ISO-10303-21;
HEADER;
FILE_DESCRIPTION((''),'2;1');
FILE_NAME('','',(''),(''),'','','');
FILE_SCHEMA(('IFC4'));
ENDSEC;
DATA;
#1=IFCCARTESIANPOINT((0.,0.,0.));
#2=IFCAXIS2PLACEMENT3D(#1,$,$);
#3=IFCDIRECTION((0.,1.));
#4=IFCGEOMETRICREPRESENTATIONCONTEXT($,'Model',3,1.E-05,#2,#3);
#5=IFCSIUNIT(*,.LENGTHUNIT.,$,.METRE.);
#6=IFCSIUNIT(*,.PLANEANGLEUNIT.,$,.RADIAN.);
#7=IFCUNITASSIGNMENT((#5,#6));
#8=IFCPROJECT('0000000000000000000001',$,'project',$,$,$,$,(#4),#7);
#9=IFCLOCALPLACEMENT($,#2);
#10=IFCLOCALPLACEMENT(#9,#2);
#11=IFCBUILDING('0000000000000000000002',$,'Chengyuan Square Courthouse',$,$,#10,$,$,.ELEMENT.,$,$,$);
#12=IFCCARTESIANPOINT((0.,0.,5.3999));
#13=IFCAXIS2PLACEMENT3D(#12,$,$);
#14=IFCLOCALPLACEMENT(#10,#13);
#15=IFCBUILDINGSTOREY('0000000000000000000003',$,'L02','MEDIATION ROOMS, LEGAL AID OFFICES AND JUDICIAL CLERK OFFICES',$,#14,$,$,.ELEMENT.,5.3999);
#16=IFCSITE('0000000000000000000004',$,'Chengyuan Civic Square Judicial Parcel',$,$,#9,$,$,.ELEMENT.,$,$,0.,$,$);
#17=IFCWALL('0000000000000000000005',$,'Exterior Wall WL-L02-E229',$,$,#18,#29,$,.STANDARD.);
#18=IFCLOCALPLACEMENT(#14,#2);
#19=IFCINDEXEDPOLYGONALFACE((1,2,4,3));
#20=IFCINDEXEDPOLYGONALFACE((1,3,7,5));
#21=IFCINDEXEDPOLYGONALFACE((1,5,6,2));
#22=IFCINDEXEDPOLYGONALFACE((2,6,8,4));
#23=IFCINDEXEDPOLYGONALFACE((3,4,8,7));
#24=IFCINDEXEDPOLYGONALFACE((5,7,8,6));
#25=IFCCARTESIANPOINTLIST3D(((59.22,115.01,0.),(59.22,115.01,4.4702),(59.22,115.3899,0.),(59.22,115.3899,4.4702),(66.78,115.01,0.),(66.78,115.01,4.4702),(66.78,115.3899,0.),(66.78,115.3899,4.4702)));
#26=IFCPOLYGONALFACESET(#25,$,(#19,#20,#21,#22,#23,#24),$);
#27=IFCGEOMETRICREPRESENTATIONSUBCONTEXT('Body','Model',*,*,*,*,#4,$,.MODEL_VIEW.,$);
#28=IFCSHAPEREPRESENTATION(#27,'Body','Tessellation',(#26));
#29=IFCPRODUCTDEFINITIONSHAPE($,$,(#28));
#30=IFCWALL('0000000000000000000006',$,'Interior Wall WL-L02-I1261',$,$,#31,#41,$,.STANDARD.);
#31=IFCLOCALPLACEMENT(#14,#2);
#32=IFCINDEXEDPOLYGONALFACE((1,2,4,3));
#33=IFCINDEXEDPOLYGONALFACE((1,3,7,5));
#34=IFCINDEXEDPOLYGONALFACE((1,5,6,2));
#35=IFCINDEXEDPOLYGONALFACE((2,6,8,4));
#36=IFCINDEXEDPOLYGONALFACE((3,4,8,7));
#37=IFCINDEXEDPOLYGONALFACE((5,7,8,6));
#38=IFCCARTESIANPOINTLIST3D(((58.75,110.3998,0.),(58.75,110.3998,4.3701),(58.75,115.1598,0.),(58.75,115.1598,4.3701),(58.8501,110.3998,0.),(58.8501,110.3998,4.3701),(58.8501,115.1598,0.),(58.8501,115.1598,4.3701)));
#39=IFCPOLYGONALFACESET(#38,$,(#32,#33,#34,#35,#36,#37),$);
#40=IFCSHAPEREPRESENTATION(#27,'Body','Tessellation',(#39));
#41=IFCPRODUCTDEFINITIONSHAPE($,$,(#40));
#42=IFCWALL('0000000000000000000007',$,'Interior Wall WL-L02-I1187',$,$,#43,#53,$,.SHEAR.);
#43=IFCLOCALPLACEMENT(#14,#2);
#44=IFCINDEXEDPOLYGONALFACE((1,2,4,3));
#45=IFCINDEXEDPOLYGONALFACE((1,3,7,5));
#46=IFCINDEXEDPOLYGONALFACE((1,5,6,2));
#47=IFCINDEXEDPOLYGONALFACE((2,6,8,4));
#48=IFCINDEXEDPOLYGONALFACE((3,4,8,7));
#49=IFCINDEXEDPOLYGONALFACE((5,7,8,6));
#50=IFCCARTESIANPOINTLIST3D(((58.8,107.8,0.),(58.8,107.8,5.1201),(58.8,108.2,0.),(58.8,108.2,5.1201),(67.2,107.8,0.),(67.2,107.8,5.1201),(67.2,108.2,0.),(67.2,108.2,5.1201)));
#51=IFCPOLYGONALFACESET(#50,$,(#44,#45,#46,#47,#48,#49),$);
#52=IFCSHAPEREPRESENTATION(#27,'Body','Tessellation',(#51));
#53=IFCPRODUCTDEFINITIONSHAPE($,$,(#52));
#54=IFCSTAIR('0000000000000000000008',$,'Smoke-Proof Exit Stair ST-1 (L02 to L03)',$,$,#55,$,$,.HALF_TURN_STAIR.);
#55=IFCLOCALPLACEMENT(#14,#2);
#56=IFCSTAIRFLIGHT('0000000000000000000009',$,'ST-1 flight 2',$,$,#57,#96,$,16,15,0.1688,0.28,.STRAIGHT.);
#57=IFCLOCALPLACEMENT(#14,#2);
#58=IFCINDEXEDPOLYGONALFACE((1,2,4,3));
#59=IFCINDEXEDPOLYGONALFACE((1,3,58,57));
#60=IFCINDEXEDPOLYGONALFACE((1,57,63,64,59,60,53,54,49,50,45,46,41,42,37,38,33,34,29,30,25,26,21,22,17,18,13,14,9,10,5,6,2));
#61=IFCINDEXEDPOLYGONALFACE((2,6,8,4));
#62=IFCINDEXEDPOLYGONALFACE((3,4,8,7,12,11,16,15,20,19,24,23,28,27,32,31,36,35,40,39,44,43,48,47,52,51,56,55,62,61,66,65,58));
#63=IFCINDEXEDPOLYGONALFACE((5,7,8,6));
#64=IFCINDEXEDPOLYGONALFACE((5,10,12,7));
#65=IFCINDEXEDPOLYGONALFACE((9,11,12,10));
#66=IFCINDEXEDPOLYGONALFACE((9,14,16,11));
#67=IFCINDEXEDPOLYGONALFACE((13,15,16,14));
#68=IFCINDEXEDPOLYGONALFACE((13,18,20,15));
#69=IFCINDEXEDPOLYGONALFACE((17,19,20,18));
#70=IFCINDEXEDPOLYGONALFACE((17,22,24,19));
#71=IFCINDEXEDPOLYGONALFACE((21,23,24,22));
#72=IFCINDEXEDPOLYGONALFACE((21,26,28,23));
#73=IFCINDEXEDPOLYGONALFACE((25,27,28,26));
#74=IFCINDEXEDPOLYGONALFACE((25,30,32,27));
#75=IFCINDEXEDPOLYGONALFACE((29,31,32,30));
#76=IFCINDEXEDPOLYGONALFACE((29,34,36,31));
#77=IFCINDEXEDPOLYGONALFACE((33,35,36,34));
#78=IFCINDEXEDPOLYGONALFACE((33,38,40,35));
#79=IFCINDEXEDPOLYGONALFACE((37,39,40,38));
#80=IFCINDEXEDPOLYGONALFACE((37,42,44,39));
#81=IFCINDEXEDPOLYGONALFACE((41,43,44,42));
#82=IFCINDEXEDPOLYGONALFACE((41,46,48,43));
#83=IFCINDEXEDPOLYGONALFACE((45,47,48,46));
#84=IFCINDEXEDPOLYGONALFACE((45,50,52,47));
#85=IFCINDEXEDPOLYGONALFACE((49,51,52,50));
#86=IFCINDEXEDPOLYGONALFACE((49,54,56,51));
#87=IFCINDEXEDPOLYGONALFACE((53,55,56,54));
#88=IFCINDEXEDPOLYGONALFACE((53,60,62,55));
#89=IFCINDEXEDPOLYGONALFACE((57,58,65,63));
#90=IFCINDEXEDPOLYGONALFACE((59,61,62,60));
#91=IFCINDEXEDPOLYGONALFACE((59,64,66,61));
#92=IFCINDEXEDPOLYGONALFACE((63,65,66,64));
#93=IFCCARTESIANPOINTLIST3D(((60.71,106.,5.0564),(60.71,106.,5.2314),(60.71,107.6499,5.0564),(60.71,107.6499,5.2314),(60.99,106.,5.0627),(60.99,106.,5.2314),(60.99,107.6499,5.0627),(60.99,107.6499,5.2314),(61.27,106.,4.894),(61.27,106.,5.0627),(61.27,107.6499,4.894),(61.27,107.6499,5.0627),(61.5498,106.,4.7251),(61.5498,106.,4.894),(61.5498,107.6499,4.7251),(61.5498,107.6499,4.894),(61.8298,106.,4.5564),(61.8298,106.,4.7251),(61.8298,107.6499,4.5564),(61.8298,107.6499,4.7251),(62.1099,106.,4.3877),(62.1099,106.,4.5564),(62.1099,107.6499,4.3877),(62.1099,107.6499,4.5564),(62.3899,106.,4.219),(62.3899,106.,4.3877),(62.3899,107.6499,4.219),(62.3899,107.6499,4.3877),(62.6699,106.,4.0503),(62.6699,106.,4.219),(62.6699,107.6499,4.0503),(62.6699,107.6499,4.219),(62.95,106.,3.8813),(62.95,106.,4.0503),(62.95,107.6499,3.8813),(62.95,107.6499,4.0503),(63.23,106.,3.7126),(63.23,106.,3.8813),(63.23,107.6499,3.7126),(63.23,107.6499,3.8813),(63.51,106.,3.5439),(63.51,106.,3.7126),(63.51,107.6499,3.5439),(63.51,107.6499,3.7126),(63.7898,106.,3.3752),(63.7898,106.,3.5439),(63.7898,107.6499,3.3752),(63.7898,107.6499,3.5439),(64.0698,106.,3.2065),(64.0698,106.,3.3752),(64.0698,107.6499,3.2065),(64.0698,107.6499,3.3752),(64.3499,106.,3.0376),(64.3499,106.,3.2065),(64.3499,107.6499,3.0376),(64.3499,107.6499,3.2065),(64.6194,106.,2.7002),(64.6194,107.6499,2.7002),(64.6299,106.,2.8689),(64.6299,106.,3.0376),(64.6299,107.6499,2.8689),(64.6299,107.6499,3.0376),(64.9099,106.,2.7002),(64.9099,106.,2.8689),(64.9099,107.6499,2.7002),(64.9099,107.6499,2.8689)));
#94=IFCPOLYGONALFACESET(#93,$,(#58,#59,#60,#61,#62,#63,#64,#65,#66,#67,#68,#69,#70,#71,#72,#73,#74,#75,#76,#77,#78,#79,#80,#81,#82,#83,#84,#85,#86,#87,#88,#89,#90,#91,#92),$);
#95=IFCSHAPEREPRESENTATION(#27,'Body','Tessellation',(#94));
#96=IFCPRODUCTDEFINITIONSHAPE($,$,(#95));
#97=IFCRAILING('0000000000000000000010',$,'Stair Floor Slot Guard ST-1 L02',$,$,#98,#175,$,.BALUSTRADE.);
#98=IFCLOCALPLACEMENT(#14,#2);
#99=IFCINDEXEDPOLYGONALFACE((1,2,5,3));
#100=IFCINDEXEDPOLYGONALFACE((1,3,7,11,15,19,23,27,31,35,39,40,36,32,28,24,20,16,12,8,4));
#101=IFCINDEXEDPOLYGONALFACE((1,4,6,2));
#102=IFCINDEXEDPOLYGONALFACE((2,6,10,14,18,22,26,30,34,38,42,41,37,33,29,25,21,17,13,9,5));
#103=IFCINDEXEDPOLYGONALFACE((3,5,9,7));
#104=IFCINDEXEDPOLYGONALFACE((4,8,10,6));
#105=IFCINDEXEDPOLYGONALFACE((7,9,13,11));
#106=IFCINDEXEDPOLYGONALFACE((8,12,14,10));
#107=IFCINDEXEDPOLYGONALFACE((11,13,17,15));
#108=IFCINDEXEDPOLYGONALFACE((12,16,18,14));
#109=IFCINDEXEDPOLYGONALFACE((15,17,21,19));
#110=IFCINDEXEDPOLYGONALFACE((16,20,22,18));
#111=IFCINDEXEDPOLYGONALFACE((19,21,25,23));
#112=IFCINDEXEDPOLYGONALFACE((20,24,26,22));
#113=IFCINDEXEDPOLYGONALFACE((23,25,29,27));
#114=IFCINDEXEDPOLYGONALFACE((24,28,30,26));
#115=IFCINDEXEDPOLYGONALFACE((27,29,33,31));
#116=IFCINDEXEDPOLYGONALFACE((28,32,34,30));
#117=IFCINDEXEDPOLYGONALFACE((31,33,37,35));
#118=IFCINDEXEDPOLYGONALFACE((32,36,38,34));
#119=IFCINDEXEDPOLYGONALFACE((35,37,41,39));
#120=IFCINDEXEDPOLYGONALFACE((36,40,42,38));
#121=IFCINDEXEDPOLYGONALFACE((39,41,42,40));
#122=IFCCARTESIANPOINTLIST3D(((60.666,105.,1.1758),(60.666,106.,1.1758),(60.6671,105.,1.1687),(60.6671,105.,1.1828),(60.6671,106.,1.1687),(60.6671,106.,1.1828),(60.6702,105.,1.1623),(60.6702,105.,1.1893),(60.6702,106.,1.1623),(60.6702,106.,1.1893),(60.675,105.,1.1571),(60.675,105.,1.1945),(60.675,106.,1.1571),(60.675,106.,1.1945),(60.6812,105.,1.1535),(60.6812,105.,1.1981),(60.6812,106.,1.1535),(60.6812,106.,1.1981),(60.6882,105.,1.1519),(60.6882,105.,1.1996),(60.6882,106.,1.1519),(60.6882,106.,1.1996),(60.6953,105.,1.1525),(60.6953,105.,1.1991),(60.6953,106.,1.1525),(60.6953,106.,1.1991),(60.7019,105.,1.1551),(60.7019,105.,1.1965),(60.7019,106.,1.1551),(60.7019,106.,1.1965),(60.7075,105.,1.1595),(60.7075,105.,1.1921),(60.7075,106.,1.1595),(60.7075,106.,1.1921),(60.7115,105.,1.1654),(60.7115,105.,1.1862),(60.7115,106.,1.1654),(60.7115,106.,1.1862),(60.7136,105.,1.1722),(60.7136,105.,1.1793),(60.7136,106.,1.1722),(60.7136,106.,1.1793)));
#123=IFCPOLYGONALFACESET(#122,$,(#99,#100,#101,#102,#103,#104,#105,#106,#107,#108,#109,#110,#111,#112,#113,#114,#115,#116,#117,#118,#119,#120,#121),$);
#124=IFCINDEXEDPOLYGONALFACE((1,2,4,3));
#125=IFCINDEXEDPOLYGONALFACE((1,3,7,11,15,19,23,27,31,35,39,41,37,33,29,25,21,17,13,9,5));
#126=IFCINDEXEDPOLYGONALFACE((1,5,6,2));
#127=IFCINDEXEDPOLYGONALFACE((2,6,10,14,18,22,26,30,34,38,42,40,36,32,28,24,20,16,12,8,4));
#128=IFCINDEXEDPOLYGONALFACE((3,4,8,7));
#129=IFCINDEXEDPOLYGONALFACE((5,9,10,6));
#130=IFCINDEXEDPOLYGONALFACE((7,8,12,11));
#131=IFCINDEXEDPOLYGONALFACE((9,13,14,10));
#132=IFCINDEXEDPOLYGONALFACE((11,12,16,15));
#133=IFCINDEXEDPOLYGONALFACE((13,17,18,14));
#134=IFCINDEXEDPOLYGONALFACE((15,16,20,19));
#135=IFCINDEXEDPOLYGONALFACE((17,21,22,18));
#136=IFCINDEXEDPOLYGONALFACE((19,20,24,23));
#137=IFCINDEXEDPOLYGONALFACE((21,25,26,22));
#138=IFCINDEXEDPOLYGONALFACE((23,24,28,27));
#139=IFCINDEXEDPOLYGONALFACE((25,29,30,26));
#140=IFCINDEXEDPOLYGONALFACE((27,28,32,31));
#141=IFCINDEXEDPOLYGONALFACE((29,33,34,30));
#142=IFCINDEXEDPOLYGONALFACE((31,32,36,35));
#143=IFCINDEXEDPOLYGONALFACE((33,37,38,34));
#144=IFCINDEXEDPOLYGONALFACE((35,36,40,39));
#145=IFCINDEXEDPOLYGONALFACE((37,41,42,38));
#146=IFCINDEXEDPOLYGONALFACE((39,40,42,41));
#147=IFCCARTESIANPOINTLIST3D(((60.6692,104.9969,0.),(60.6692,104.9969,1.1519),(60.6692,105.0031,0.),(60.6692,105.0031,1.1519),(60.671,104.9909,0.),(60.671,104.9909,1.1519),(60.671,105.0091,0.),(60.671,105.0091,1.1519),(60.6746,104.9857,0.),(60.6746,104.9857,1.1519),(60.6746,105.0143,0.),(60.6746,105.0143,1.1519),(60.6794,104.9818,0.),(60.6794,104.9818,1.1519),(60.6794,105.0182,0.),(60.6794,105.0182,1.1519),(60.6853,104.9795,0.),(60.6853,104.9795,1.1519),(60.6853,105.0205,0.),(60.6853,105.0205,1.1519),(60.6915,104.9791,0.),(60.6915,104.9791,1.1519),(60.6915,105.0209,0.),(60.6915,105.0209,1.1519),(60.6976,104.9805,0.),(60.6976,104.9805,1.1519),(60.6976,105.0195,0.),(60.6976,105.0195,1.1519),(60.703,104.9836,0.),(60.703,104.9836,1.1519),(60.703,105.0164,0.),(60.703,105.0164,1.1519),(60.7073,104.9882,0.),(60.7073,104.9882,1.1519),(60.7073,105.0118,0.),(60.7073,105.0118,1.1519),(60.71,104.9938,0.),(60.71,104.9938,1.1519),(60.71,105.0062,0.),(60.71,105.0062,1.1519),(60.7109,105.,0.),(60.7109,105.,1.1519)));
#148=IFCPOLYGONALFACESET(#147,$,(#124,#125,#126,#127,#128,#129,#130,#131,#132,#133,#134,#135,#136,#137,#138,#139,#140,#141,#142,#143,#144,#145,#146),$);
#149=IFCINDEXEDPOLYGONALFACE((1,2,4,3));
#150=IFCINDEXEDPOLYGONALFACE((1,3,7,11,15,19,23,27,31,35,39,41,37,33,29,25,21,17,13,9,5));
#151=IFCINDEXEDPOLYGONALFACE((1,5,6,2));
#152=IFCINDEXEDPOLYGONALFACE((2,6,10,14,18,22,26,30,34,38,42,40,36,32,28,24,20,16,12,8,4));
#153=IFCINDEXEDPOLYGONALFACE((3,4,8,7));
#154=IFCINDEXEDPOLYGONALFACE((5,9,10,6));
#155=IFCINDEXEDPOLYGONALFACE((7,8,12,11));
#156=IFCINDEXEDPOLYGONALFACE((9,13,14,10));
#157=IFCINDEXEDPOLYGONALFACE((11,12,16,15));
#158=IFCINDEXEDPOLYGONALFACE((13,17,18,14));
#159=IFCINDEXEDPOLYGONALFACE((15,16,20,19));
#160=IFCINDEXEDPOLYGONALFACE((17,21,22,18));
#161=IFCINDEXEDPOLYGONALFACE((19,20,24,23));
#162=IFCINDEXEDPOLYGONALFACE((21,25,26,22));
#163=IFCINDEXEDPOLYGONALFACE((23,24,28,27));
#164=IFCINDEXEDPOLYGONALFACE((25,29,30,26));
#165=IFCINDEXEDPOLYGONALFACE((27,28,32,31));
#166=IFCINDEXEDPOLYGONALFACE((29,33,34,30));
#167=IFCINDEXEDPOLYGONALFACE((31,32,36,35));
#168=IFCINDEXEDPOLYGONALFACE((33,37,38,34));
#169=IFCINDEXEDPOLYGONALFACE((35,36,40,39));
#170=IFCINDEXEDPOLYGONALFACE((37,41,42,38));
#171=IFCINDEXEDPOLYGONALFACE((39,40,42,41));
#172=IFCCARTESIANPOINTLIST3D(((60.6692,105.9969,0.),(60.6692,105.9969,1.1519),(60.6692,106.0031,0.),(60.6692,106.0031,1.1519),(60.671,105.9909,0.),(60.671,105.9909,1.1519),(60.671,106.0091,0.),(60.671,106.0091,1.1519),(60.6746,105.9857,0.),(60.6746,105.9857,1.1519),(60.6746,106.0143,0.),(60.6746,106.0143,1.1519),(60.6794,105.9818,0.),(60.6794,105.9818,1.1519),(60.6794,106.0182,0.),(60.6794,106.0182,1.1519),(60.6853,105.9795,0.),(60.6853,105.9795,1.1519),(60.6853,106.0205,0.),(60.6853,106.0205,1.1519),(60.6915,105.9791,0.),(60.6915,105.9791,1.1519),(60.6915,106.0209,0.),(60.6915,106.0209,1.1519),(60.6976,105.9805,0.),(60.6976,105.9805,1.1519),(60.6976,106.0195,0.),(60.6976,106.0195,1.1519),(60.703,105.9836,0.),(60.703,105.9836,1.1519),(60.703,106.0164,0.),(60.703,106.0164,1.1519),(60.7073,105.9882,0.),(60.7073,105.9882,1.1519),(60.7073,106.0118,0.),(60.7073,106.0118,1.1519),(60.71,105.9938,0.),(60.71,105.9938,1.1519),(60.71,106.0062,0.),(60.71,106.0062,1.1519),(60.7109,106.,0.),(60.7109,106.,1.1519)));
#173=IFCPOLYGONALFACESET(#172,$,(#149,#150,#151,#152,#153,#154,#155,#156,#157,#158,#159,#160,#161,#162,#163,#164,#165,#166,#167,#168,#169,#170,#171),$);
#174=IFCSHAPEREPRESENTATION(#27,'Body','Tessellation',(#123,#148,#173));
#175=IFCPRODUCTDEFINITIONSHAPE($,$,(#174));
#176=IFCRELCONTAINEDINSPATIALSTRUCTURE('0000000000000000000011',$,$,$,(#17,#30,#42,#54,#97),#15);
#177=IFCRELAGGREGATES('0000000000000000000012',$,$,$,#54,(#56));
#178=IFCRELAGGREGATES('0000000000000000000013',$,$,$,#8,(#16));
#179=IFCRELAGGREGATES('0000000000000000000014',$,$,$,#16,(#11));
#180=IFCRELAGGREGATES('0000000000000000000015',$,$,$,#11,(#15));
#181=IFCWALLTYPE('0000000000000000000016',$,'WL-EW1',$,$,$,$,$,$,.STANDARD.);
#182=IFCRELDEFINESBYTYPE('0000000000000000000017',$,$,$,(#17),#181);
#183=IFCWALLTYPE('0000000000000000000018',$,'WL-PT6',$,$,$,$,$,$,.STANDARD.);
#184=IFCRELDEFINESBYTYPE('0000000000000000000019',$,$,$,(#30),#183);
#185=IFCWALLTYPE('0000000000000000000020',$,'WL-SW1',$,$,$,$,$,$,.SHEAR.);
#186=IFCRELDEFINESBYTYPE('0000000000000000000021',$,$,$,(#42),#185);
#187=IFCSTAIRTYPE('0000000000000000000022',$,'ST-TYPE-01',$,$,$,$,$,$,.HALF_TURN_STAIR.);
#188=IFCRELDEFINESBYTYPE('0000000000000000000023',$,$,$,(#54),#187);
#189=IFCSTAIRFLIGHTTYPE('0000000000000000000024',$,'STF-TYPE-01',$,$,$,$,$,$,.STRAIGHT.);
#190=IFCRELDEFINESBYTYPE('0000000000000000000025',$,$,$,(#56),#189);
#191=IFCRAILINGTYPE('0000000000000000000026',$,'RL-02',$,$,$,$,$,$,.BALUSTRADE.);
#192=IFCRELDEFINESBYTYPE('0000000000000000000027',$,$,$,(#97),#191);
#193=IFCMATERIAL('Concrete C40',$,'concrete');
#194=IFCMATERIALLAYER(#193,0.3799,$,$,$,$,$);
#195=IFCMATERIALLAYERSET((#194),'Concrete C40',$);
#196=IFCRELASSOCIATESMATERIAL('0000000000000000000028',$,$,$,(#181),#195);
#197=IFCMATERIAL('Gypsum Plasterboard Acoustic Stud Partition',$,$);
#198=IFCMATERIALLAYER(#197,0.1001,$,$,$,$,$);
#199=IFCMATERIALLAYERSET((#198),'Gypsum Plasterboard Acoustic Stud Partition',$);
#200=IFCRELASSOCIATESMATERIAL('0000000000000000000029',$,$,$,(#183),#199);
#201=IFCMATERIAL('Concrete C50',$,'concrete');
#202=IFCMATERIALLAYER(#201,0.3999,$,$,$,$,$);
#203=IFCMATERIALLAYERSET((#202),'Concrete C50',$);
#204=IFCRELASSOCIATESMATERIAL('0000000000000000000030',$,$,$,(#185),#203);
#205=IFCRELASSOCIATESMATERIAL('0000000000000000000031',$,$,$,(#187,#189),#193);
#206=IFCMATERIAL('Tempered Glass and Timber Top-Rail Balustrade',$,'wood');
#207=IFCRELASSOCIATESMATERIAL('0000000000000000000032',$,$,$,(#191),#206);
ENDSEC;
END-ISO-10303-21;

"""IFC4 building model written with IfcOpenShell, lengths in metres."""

from ifc_helpers import new_model, si_unit, direction, frame, frame_2d, origin, origin_2d, place, context, subcontext, project, spatial, polyline, rectangle, circle, outline, extrude, material, layer, layer_set, type_object, element, aggregate, save


model = new_model("IFC4")

# Units and contexts
model_context = context("Model", 3, precision=1e-05, world=origin(), true_north=direction((0.0, 1.0)))
body_context = subcontext(model_context, "Body", "Model", "MODEL_VIEW")
ifc_project = project(units=[si_unit("LENGTHUNIT", "METRE"), si_unit("PLANEANGLEUNIT", "RADIAN")], contexts=[model_context])

# Site, building, storey
site_placement = place(None, origin())
site = spatial("IfcSite", under=ifc_project, at=site_placement, Name="Chengyuan Civic Square Judicial Parcel", CompositionType="ELEMENT", RefElevation=0.0)
building_placement = place(site_placement, origin())
building = spatial("IfcBuilding", under=site, at=building_placement, Name="Chengyuan Square Courthouse", CompositionType="ELEMENT")
storey_placement = place(building_placement, frame((0.0, 0.0, 5.3999)))
storey = spatial("IfcBuildingStorey", under=building, at=storey_placement, Name="L02", Description="MEDIATION ROOMS, LEGAL AID OFFICES AND JUDICIAL CLERK OFFICES", CompositionType="ELEMENT", Elevation=5.3999)

# Shared definitions
ifc_material_1 = material(Name="Concrete C50", Category="concrete")
ifc_material_2 = material(Name="Concrete C40", Category="concrete")

# Walls
ifc_layer_1 = layer(ifc_material_2, 0.3799)
ifc_layer_set_1 = layer_set([ifc_layer_1], Name="Concrete C40")
wall_type_1 = type_object("IfcWallType", Name="WL-EW1", PredefinedType="STANDARD", material=ifc_layer_set_1)
wall_1_placement = place(storey_placement, frame((59.22, 115.2, 0.0), z_axis=(0.0, 0.0, 1.0), x_axis=(1.0, 0.0, 0.0)))
element("IfcWall", 1, at=wall_1_placement, inside=storey, type_object=wall_type_1, Name="Exterior Wall WL-L02-E229", PredefinedType="STANDARD", context=body_context, shape_type="SweptSolid", body=[
    extrude(rectangle(XDim=7.5601, YDim=0.3799, at=frame_2d((3.78, 0.0))), origin(), (0.0, 0.0, 1.0), 4.4702),
])
ifc_material_3 = material(Name="Gypsum Plasterboard Acoustic Stud Partition")
ifc_layer_2 = layer(ifc_material_3, 0.1001)
ifc_layer_set_2 = layer_set([ifc_layer_2], Name="Gypsum Plasterboard Acoustic Stud Partition")
wall_type_2 = type_object("IfcWallType", Name="WL-PT6", PredefinedType="STANDARD", material=ifc_layer_set_2)
wall_2_placement = place(storey_placement, frame((58.8, 110.3999, 0.0), z_axis=(0.0, 0.0, 1.0), x_axis=(0.0, 1.0, 0.0)))
element("IfcWall", 2, at=wall_2_placement, inside=storey, type_object=wall_type_2, Name="Interior Wall WL-L02-I1261", PredefinedType="STANDARD", context=body_context, shape_type="SweptSolid", body=[
    extrude(rectangle(XDim=4.76, YDim=0.1001, at=frame_2d((2.3799, 0.0))), origin(), (0.0, 0.0, 1.0), 4.3701),
])
ifc_layer_3 = layer(ifc_material_1, 0.3999)
ifc_layer_set_3 = layer_set([ifc_layer_3], Name="Concrete C50")
wall_type_3 = type_object("IfcWallType", Name="WL-SW1", PredefinedType="SHEAR", material=ifc_layer_set_3)
wall_3_placement = place(storey_placement, frame((58.8, 108.0, 0.0), z_axis=(0.0, 0.0, 1.0), x_axis=(1.0, 0.0, 0.0)))
element("IfcWall", 3, at=wall_3_placement, inside=storey, type_object=wall_type_3, Name="Interior Wall WL-L02-I1187", PredefinedType="SHEAR", context=body_context, shape_type="SweptSolid", body=[
    extrude(rectangle(XDim=8.3999, YDim=0.3999, at=frame_2d((4.2, 0.0))), origin(), (0.0, 0.0, 1.0), 5.1201),
])

# Stair, stair flight
stair_type = type_object("IfcStairType", Name="ST-TYPE-01", PredefinedType="HALF_TURN_STAIR", material=ifc_material_2)
stair_placement = place(storey_placement, origin())
stair = element("IfcStair", 4, at=stair_placement, inside=storey, type_object=stair_type, Name="Smoke-Proof Exit Stair ST-1 (L02 to L03)", PredefinedType="HALF_TURN_STAIR")
stair_flight_type = type_object("IfcStairFlightType", Name="STF-TYPE-01", PredefinedType="STRAIGHT", material=ifc_material_2)
stair_flight_placement = place(storey_placement, frame((64.9099, 106.825, 2.7002), z_axis=(0.0, 0.0, 1.0), x_axis=(-1.0, 0.0, 0.0)))
stair_flight = element("IfcStairFlight", 5, at=stair_flight_placement, type_object=stair_flight_type, Name="ST-1 flight 2", NumberOfRisers=16, NumberOfTreads=15, PredefinedType="STRAIGHT", RiserHeight=0.1688, TreadLength=0.28, context=body_context, shape_type="SweptSolid", body=[
    extrude(outline(polyline([(0.0, 0.0), (0.0, 0.1687), (0.28, 0.1687), (0.28, 0.3374), (0.5601, 0.3374), (0.5601, 0.5063), (0.8401, 0.5063), (0.8401, 0.675), (1.1201, 0.675), (1.1201, 0.8438), (1.3999, 0.8438), (1.3999, 1.0125), (1.6799, 1.0125), (1.6799, 1.1812), (1.96, 1.1812), (1.96, 1.3501), (2.24, 1.3501), (2.24, 1.5188), (2.52, 1.5188), (2.52, 1.6875), (2.8, 1.6875), (2.8, 1.8562), (3.0801, 1.8562), (3.0801, 2.0249), (3.3601, 2.0249), (3.3601, 2.1938), (3.6399, 2.1938), (3.6399, 2.3625), (3.9199, 2.3625), (3.9199, 2.5312), (4.2, 2.5312), (4.2, 2.7), (4.2, 2.3562), (0.2905, 0.0), (0.0, 0.0)])), frame((0.0, 0.825, 0.0), z_axis=(0.0, -1.0, 0.0), x_axis=(1.0, 0.0, 0.0)), (0.0, 0.0, 1.0), 1.6499),
])
aggregate(stair, [stair_flight])

# Railing
ifc_material_4 = material(Name="Tempered Glass and Timber Top-Rail Balustrade", Category="wood")
railing_type_1 = type_object("IfcRailingType", Name="RL-02", PredefinedType="BALUSTRADE", material=ifc_material_4)
for number, where, name in (
    (6, (60.6899, 105.0, 0.0), "Stair Floor Slot Guard ST-1 L02"),
):
    element("IfcRailing", number, at=place(storey_placement, frame(where)), inside=storey, type_object=railing_type_1, Name=name, PredefinedType="BALUSTRADE", context=body_context, shape_type="SweptSolid", body=[
        extrude(circle(Radius=0.0239, at=origin_2d()), frame((0.0, 0.0, 1.1758), z_axis=(0.0, 1.0, 0.0), x_axis=(-1.0, 0.0, 0.0)), (0.0, 0.0, 1.0), 1.0),
        extrude(circle(Radius=0.021, at=origin_2d()), origin(), (0.0, 0.0, 1.0), 1.1519),
        extrude(circle(Radius=0.021, at=origin_2d()), frame((0.0, 1.0, 0.0)), (0.0, 0.0, 1.0), 1.1519),
    ])

save(model, "model.ifc")
